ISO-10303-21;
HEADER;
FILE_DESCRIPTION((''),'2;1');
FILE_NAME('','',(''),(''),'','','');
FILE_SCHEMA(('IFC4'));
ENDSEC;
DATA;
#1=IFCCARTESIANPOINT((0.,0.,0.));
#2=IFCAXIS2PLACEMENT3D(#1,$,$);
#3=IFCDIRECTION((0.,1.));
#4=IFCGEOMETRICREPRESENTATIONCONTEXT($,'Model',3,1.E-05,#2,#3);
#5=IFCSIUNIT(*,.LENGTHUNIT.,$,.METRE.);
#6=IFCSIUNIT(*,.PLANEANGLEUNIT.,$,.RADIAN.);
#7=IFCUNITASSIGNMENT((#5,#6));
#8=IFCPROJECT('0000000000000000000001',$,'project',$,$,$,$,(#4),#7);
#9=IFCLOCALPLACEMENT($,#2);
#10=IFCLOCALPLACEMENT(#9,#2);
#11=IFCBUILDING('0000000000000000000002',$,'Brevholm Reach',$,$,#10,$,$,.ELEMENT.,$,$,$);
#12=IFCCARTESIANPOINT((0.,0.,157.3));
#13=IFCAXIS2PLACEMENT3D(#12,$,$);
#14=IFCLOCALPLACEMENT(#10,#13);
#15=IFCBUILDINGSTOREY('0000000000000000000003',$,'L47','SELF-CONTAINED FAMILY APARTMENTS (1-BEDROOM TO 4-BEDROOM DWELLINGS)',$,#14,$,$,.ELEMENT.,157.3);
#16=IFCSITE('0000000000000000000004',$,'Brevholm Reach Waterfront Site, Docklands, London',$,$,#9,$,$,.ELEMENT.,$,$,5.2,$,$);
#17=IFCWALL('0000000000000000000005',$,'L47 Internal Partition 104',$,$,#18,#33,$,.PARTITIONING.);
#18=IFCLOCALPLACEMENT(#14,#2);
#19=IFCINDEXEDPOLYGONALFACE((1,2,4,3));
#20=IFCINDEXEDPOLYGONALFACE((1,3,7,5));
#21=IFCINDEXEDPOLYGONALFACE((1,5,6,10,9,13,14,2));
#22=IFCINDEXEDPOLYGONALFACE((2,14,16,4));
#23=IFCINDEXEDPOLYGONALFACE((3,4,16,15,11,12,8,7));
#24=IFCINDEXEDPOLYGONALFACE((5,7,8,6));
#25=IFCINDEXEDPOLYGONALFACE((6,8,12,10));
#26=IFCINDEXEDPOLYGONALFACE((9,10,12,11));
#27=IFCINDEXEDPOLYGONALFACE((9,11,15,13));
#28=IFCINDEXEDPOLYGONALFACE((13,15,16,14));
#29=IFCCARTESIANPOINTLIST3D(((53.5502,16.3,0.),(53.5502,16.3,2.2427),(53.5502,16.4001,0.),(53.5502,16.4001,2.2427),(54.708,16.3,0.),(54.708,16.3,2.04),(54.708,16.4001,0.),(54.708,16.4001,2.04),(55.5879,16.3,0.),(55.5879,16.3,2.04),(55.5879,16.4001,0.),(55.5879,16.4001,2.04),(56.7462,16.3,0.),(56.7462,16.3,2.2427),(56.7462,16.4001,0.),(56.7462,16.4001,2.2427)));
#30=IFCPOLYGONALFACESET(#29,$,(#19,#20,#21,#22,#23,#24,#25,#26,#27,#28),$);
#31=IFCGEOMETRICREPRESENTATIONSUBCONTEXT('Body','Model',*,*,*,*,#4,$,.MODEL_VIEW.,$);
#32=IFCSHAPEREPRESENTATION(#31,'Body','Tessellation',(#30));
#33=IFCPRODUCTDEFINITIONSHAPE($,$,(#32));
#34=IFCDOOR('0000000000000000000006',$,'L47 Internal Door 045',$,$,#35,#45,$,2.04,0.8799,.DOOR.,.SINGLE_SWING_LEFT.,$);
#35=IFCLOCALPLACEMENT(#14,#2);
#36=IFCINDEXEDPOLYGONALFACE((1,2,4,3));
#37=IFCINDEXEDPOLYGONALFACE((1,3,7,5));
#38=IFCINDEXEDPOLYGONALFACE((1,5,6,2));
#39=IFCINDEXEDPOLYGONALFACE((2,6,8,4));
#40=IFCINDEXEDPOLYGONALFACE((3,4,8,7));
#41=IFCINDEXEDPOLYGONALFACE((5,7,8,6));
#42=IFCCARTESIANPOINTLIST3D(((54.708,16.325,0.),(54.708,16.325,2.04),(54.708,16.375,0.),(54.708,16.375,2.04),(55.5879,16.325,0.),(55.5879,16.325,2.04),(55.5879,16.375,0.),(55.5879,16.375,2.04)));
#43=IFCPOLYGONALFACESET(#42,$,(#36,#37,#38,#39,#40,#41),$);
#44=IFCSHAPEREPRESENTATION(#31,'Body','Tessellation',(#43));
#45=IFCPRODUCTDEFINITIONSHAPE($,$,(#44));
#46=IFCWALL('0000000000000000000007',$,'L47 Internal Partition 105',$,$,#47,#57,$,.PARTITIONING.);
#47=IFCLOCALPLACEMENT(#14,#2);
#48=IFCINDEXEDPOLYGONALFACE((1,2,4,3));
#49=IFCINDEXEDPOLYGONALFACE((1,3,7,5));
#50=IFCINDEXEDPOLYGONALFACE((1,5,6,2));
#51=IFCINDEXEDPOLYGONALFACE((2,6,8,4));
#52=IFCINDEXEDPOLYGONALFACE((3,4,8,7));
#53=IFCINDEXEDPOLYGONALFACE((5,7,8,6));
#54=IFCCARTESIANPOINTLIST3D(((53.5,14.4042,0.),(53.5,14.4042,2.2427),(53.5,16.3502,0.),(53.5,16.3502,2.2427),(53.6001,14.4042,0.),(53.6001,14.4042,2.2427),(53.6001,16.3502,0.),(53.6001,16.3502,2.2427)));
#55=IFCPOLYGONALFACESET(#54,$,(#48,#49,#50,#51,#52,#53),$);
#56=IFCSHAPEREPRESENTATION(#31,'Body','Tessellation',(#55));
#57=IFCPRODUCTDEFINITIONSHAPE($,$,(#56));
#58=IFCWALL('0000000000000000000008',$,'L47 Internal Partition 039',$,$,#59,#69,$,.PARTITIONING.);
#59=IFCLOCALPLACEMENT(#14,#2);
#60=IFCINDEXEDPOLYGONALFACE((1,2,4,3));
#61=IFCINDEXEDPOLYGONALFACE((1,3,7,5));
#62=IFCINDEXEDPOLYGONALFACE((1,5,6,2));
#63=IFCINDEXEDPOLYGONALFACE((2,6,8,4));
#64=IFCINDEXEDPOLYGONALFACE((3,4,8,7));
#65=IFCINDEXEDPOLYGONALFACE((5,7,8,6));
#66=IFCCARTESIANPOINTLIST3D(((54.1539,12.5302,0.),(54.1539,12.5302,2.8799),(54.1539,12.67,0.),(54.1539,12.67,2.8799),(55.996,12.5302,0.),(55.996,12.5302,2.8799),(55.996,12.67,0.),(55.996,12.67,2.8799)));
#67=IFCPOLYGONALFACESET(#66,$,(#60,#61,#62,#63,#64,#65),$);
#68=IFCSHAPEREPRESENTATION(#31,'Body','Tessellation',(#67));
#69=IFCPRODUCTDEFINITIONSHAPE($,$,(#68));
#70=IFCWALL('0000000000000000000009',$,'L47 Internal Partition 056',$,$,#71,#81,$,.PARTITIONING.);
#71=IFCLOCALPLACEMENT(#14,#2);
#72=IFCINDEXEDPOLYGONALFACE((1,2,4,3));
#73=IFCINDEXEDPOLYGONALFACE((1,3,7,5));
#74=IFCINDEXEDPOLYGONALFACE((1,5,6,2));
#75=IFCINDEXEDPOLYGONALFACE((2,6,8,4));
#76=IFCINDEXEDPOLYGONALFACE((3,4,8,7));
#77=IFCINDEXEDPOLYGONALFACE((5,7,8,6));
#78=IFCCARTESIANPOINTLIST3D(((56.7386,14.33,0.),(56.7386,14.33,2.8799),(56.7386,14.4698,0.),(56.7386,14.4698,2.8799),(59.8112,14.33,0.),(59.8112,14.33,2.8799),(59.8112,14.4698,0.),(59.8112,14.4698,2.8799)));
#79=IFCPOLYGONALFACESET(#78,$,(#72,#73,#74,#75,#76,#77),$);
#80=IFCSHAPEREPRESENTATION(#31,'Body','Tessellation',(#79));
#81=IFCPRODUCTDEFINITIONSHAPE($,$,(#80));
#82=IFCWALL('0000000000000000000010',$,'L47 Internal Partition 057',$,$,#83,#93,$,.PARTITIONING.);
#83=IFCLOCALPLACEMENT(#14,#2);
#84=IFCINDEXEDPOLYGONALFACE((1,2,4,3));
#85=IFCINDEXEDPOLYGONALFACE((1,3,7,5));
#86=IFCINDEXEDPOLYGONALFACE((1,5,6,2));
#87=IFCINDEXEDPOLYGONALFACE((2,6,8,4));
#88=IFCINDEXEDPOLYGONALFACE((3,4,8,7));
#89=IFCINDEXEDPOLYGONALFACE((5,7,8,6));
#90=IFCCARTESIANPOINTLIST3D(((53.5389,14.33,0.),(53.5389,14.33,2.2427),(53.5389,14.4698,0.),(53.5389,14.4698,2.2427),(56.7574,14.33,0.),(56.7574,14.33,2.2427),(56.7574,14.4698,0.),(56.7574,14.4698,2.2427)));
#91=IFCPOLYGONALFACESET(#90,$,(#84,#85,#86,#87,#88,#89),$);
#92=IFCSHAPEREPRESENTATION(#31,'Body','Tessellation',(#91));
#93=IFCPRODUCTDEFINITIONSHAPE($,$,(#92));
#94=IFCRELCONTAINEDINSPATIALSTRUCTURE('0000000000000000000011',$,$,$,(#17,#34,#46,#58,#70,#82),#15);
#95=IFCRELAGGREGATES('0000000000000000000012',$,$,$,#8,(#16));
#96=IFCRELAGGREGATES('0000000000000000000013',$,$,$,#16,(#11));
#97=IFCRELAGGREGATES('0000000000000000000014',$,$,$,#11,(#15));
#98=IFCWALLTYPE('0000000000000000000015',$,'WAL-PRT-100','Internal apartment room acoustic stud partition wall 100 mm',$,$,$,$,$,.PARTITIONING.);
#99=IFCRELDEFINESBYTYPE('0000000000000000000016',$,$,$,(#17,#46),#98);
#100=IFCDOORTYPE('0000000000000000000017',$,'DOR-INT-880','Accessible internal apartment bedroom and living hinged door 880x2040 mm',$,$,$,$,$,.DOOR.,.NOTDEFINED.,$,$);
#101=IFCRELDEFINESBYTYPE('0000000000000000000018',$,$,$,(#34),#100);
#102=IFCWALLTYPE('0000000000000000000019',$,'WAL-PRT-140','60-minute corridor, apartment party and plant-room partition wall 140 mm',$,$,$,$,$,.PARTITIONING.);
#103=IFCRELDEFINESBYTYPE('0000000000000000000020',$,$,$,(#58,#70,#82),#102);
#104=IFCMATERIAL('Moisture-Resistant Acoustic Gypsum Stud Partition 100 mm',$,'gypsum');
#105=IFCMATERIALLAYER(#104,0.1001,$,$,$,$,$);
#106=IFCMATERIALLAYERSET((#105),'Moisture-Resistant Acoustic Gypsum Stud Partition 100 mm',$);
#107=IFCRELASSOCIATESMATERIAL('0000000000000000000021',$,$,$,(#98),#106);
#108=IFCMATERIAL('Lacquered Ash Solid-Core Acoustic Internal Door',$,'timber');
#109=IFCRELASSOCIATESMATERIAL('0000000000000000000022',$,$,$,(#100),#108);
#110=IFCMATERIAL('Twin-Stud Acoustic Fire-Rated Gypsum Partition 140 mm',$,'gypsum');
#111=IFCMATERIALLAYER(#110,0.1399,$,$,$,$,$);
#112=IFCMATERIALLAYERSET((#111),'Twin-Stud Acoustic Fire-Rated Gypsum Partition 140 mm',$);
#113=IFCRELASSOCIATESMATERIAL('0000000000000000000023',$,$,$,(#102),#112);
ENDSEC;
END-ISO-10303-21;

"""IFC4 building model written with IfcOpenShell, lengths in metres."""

from ifc_helpers import new_model, si_unit, direction, frame, frame_2d, origin, place, context, subcontext, project, spatial, rectangle, extrude, material, layer, layer_set, type_object, element, fill, save


model = new_model("IFC4")

# Units and contexts
model_context = context("Model", 3, precision=1e-05, world=origin(), true_north=direction((0.0, 1.0)))
body_context = subcontext(model_context, "Body", "Model", "MODEL_VIEW")
ifc_project = project(units=[si_unit("LENGTHUNIT", "METRE"), si_unit("PLANEANGLEUNIT", "RADIAN")], contexts=[model_context])

# Site, building, storey
site_placement = place(None, origin())
site = spatial("IfcSite", under=ifc_project, at=site_placement, Name="Brevholm Reach Waterfront Site, Docklands, London", CompositionType="ELEMENT", RefElevation=5.2)
building_placement = place(site_placement, origin())
building = spatial("IfcBuilding", under=site, at=building_placement, Name="Brevholm Reach", CompositionType="ELEMENT")
storey_placement = place(building_placement, frame((0.0, 0.0, 157.3)))
storey = spatial("IfcBuildingStorey", under=building, at=storey_placement, Name="L47", Description="SELF-CONTAINED FAMILY APARTMENTS (1-BEDROOM TO 4-BEDROOM DWELLINGS)", CompositionType="ELEMENT", Elevation=157.3)

# Shared definitions
ifc_material_1 = material(Name="Moisture-Resistant Acoustic Gypsum Stud Partition 100 mm", Category="gypsum")
ifc_layer_1 = layer(ifc_material_1, 0.1001)
ifc_layer_set_1 = layer_set([ifc_layer_1], Name="Moisture-Resistant Acoustic Gypsum Stud Partition 100 mm")
wall_type_1 = type_object("IfcWallType", Name="WAL-PRT-100", Description="Internal apartment room acoustic stud partition wall 100 mm", PredefinedType="PARTITIONING", material=ifc_layer_set_1)

# Wall, opening, door
wall_1_placement = place(storey_placement, frame((53.55, 16.3501, 0.0), z_axis=(0.0, 0.0, 1.0), x_axis=(1.0, 0.0, 0.0)))
wall_1 = element("IfcWall", 1, at=wall_1_placement, inside=storey, type_object=wall_type_1, Name="L47 Internal Partition 104", PredefinedType="PARTITIONING", context=body_context, shape_type="SweptSolid", body=[
    extrude(rectangle(XDim=3.196, YDim=0.1001, at=frame_2d((1.5981, 0.0))), origin(), (0.0, 0.0, 1.0), 2.2427),
])
opening_1_placement = place(wall_1_placement, frame((1.158, 0.0, 0.0)))
opening_1 = element("IfcOpeningElement", 2, at=opening_1_placement, cuts=wall_1, PredefinedType="OPENING", context=body_context, shape_type="SweptSolid", body=[
    extrude(rectangle(XDim=0.8799, YDim=2.04, at=frame_2d((0.4399, 1.02))), frame((0.0, 0.0601, 0.0), z_axis=(0.0, -1.0, 0.0), x_axis=(1.0, 0.0, 0.0)), (0.0, 0.0, 1.0), 0.1201),
])
ifc_material_2 = material(Name="Lacquered Ash Solid-Core Acoustic Internal Door", Category="timber")
door_type_1 = type_object("IfcDoorType", Name="DOR-INT-880", Description="Accessible internal apartment bedroom and living hinged door 880x2040 mm", OperationType="NOTDEFINED", PredefinedType="DOOR", material=ifc_material_2)
door_1_placement = place(opening_1_placement, origin())
door_1 = element("IfcDoor", 3, at=door_1_placement, inside=storey, type_object=door_type_1, Name="L47 Internal Door 045", OperationType="SINGLE_SWING_LEFT", OverallHeight=2.04, OverallWidth=0.8799, PredefinedType="DOOR", context=body_context, shape_type="SweptSolid", body=[
    extrude(rectangle(XDim=0.8799, YDim=2.04, at=frame_2d((0.4399, 1.02))), frame((0.0, 0.0249, 0.0), z_axis=(0.0, -1.0, 0.0), x_axis=(1.0, 0.0, 0.0)), (0.0, 0.0, 1.0), 0.05),
])
fill(opening_1, door_1)

# Walls
wall_2_placement = place(storey_placement, frame((53.55, 14.4041, 0.0), z_axis=(0.0, 0.0, 1.0), x_axis=(0.0, 1.0, 0.0)))
element("IfcWall", 4, at=wall_2_placement, inside=storey, type_object=wall_type_1, Name="L47 Internal Partition 105", PredefinedType="PARTITIONING", context=body_context, shape_type="SweptSolid", body=[
    extrude(rectangle(XDim=1.946, YDim=0.1001, at=frame_2d((0.9731, 0.0))), origin(), (0.0, 0.0, 1.0), 2.2427),
])
ifc_material_3 = material(Name="Twin-Stud Acoustic Fire-Rated Gypsum Partition 140 mm", Category="gypsum")
ifc_layer_2 = layer(ifc_material_3, 0.1399)
ifc_layer_set_2 = layer_set([ifc_layer_2], Name="Twin-Stud Acoustic Fire-Rated Gypsum Partition 140 mm")
wall_type_2 = type_object("IfcWallType", Name="WAL-PRT-140", Description="60-minute corridor, apartment party and plant-room partition wall 140 mm", PredefinedType="PARTITIONING", material=ifc_layer_set_2)
wall_3_placement = place(storey_placement, frame((54.1541, 12.6001, 0.0), z_axis=(0.0, 0.0, 1.0), x_axis=(1.0, 0.0, 0.0)))
element("IfcWall", 5, at=wall_3_placement, inside=storey, type_object=wall_type_2, Name="L47 Internal Partition 039", PredefinedType="PARTITIONING", context=body_context, shape_type="SweptSolid", body=[
    extrude(rectangle(XDim=1.842, YDim=0.1399, at=frame_2d((0.9209, 0.0))), origin(), (0.0, 0.0, 1.0), 2.8799),
])
wall_4_placement = place(storey_placement, frame((56.7388, 14.3999, 0.0), z_axis=(0.0, 0.0, 1.0), x_axis=(1.0, 0.0, 0.0)))
element("IfcWall", 6, at=wall_4_placement, inside=storey, type_object=wall_type_2, Name="L47 Internal Partition 056", PredefinedType="PARTITIONING", context=body_context, shape_type="SweptSolid", body=[
    extrude(rectangle(XDim=3.0725, YDim=0.1399, at=frame_2d((1.5361, 0.0))), origin(), (0.0, 0.0, 1.0), 2.8799),
])
wall_5_placement = place(storey_placement, frame((53.5388, 14.3999, 0.0), z_axis=(0.0, 0.0, 1.0), x_axis=(1.0, 0.0, 0.0)))
element("IfcWall", 7, at=wall_5_placement, inside=storey, type_object=wall_type_2, Name="L47 Internal Partition 057", PredefinedType="PARTITIONING", context=body_context, shape_type="SweptSolid", body=[
    extrude(rectangle(XDim=3.2185, YDim=0.1399, at=frame_2d((1.6094, 0.0))), origin(), (0.0, 0.0, 1.0), 2.2427),
])

save(model, "model.ifc")
